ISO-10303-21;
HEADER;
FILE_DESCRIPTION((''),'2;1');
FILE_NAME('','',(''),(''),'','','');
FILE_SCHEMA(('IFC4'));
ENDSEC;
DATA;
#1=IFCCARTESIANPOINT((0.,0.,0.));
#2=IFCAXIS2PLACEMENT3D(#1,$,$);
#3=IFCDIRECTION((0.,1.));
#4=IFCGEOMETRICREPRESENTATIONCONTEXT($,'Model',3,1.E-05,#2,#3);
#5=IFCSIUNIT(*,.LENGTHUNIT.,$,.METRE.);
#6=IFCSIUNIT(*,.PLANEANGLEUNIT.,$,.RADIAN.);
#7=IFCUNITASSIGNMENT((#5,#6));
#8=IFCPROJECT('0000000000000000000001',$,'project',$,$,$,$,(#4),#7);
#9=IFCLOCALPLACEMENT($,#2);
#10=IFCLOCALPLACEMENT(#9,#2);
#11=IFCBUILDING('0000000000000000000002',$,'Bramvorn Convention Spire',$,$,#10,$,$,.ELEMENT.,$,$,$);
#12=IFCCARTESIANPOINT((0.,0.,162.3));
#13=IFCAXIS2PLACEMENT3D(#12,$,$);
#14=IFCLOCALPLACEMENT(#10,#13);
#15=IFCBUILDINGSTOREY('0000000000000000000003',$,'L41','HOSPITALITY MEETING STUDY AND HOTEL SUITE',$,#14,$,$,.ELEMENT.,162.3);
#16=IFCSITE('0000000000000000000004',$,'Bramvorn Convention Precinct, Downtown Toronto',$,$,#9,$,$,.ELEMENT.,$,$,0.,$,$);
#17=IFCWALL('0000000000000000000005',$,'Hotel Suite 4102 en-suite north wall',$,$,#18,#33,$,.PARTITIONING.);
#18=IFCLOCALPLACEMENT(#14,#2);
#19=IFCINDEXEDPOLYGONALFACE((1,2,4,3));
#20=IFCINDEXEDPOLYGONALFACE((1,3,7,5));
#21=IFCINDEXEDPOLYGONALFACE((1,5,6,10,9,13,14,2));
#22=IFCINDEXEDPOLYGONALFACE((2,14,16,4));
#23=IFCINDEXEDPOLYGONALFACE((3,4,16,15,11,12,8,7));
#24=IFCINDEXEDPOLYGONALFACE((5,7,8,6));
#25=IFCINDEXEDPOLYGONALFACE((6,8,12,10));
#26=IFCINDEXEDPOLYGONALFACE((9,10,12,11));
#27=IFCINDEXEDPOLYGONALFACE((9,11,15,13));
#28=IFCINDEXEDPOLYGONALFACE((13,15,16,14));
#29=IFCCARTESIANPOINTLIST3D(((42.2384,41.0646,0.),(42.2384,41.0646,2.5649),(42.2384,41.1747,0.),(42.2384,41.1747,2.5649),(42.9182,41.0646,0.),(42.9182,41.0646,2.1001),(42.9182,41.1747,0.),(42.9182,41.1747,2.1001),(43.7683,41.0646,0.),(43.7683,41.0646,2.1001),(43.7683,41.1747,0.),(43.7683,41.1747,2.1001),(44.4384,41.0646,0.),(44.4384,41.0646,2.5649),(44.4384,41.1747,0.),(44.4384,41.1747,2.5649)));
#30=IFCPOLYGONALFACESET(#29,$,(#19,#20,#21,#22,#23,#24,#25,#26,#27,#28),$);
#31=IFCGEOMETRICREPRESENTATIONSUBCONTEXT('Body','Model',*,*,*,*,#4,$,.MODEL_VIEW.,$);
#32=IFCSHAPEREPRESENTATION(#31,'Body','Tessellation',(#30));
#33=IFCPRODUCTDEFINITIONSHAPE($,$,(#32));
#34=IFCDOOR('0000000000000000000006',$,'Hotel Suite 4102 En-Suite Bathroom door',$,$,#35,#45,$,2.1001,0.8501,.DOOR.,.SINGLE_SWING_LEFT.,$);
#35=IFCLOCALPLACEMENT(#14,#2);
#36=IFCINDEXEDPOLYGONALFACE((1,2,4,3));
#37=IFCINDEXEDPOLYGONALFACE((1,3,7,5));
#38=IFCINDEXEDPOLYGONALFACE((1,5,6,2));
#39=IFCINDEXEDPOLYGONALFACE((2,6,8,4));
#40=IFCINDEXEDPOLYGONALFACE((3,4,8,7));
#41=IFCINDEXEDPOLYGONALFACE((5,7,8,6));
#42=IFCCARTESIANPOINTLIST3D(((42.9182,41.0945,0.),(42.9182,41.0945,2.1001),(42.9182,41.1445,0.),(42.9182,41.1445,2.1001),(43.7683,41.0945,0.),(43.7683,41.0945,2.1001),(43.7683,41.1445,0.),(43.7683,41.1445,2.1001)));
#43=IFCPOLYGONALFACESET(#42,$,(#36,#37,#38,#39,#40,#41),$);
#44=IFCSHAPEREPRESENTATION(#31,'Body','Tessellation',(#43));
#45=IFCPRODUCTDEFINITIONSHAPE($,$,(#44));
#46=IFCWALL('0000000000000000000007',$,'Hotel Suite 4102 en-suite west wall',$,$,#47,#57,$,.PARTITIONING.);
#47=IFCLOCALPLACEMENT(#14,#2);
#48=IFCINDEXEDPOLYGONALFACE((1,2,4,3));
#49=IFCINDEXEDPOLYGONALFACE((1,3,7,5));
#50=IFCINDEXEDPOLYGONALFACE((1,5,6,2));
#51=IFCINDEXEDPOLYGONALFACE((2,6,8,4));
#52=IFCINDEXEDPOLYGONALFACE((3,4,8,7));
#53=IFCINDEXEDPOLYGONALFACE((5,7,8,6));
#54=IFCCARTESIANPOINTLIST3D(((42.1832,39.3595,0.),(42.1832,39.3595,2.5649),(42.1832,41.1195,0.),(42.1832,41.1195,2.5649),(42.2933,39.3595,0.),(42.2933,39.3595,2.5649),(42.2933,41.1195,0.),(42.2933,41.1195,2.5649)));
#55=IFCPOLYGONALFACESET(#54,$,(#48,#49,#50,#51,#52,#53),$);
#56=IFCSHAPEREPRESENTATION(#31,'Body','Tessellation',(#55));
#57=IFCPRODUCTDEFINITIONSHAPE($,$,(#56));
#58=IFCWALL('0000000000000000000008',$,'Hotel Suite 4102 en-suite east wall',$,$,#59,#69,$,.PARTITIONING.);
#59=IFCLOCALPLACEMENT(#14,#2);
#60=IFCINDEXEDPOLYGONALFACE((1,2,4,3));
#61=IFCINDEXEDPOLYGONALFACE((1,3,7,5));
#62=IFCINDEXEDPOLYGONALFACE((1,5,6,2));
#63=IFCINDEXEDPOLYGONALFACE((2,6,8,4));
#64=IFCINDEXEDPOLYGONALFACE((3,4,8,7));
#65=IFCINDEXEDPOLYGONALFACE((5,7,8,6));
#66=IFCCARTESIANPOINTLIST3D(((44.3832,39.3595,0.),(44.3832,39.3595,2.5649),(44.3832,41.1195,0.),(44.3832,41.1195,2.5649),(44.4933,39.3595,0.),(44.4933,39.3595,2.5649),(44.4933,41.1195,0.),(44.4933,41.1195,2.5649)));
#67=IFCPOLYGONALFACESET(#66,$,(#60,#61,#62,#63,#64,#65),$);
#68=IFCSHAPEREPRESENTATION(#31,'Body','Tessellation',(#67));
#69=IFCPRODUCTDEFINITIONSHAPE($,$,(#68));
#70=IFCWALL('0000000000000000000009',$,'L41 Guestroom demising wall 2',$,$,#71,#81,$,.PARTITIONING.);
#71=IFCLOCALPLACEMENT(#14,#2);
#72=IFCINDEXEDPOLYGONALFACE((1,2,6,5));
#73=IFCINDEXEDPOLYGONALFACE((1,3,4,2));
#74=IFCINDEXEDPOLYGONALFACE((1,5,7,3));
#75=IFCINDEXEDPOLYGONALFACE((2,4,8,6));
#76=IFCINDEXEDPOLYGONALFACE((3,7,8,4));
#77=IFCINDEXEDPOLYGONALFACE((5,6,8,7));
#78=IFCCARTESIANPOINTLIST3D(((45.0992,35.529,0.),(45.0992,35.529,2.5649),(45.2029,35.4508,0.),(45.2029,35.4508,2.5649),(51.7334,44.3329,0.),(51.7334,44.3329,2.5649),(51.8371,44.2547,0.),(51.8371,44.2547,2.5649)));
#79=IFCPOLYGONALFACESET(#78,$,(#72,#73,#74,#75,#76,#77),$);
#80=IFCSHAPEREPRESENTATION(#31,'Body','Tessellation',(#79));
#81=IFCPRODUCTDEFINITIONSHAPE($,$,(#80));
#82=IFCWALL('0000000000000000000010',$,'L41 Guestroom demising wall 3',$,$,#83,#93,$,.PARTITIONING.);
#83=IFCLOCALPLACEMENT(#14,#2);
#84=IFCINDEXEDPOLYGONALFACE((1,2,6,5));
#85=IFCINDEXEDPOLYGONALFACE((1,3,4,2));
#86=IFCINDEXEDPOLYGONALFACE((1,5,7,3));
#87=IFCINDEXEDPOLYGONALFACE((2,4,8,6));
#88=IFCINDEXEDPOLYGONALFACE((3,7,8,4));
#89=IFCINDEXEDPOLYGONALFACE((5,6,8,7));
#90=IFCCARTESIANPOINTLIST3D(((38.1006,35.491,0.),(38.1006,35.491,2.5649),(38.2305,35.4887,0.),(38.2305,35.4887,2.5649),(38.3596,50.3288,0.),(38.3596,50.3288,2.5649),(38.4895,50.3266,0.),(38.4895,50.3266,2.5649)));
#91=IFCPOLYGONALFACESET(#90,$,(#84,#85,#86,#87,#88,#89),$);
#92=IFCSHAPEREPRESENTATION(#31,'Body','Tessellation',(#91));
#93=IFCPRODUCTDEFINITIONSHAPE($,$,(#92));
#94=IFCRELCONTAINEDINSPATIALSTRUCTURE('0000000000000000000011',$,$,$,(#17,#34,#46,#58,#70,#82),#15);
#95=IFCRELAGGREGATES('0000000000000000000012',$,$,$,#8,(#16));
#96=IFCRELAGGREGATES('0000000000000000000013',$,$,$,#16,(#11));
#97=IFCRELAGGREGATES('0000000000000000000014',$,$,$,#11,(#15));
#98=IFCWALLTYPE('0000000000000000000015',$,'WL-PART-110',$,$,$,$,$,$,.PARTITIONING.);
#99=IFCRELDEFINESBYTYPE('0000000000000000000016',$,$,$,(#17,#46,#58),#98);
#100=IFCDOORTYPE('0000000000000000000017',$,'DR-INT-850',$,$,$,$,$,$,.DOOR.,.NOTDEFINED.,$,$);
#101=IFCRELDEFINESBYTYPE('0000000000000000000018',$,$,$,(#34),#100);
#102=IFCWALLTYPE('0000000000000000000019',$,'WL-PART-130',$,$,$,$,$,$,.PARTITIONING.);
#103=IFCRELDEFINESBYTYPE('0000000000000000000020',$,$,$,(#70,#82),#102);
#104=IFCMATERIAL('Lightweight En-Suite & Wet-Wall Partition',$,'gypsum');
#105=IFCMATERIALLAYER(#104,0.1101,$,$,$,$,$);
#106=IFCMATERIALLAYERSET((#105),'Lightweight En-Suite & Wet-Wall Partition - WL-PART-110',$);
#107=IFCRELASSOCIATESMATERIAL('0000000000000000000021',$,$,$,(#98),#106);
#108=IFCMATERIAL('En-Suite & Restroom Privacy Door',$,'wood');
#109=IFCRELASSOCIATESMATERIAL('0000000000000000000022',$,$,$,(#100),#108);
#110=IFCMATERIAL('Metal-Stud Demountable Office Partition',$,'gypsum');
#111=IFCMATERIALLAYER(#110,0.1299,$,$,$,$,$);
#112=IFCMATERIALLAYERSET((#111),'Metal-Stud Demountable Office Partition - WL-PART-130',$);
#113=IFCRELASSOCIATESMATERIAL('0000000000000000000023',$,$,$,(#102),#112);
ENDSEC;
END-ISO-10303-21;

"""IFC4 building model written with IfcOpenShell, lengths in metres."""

from ifc_helpers import new_model, si_unit, direction, frame, frame_2d, origin, place, context, subcontext, project, spatial, rectangle, extrude, material, layer, layer_set, type_object, element, fill, save


model = new_model("IFC4")

# Units and contexts
model_context = context("Model", 3, precision=1e-05, world=origin(), true_north=direction((0.0, 1.0)))
body_context = subcontext(model_context, "Body", "Model", "MODEL_VIEW")
ifc_project = project(units=[si_unit("LENGTHUNIT", "METRE"), si_unit("PLANEANGLEUNIT", "RADIAN")], contexts=[model_context])

# Site, building, storey
site_placement = place(None, origin())
site = spatial("IfcSite", under=ifc_project, at=site_placement, Name="Bramvorn Convention Precinct, Downtown Toronto", CompositionType="ELEMENT", RefElevation=0.0)
building_placement = place(site_placement, origin())
building = spatial("IfcBuilding", under=site, at=building_placement, Name="Bramvorn Convention Spire", CompositionType="ELEMENT")
storey_placement = place(building_placement, frame((0.0, 0.0, 162.3)))
storey = spatial("IfcBuildingStorey", under=building, at=storey_placement, Name="L41", Description="HOSPITALITY MEETING STUDY AND HOTEL SUITE", CompositionType="ELEMENT", Elevation=162.3)

# Shared definitions
ifc_material_1 = material(Name="Lightweight En-Suite & Wet-Wall Partition", Category="gypsum")
ifc_layer_1 = layer(ifc_material_1, 0.1101)
ifc_layer_set_1 = layer_set([ifc_layer_1], Name="Lightweight En-Suite & Wet-Wall Partition - WL-PART-110")
wall_type_1 = type_object("IfcWallType", Name="WL-PART-110", PredefinedType="PARTITIONING", material=ifc_layer_set_1)

# Wall, opening, door
wall_1_placement = place(storey_placement, frame((42.2383, 41.1196, 0.0), z_axis=(0.0, 0.0, 1.0), x_axis=(1.0, 0.0, 0.0)))
wall_1 = element("IfcWall", 1, at=wall_1_placement, inside=storey, type_object=wall_type_1, Name="Hotel Suite 4102 en-suite north wall", PredefinedType="PARTITIONING", context=body_context, shape_type="SweptSolid", body=[
    extrude(rectangle(XDim=2.2, YDim=0.1101, at=frame_2d((1.1001, 0.0))), origin(), (0.0, 0.0, 1.0), 2.5649),
])
opening_placement = place(wall_1_placement, frame((0.6799, 0.0, 0.0)))
opening = element("IfcOpeningElement", 2, at=opening_placement, cuts=wall_1, PredefinedType="OPENING", context=body_context, shape_type="SweptSolid", body=[
    extrude(rectangle(XDim=0.8501, YDim=2.1001, at=frame_2d((0.425, 1.05))), frame((0.0, 0.0649, 0.0), z_axis=(0.0, -1.0, 0.0), x_axis=(1.0, 0.0, 0.0)), (0.0, 0.0, 1.0), 0.1301),
])
ifc_material_2 = material(Name="En-Suite & Restroom Privacy Door", Category="wood")
door_type = type_object("IfcDoorType", Name="DR-INT-850", OperationType="NOTDEFINED", PredefinedType="DOOR", material=ifc_material_2)
door_placement = place(opening_placement, origin())
door = element("IfcDoor", 3, at=door_placement, inside=storey, type_object=door_type, Name="Hotel Suite 4102 En-Suite Bathroom door", OperationType="SINGLE_SWING_LEFT", OverallHeight=2.1001, OverallWidth=0.8501, PredefinedType="DOOR", context=body_context, shape_type="SweptSolid", body=[
    extrude(rectangle(XDim=0.8501, YDim=2.1001, at=frame_2d((0.425, 1.05))), frame((0.0, 0.0249, 0.0), z_axis=(0.0, -1.0, 0.0), x_axis=(1.0, 0.0, 0.0)), (0.0, 0.0, 1.0), 0.05),
])
fill(opening, door)

# Walls
for number, where, z_axis, x_axis, name in (
    (4, (42.2383, 39.3596, 0.0), (0.0, 0.0, 1.0), (0.0, 1.0, 0.0), "Hotel Suite 4102 en-suite west wall"),
    (5, (44.4382, 39.3596, 0.0), (0.0, 0.0, 1.0), (0.0, 1.0, 0.0), "Hotel Suite 4102 en-suite east wall"),
):
    element("IfcWall", number, at=place(storey_placement, frame(where, z_axis=z_axis, x_axis=x_axis)), inside=storey, type_object=wall_type_1, Name=name, PredefinedType="PARTITIONING", context=body_context, shape_type="SweptSolid", body=[
        extrude(rectangle(XDim=1.76, YDim=0.1101, at=frame_2d((0.8799, 0.0))), origin(), (0.0, 0.0, 1.0), 2.5649),
    ])
ifc_material_3 = material(Name="Metal-Stud Demountable Office Partition", Category="gypsum")
ifc_layer_2 = layer(ifc_material_3, 0.1299)
ifc_layer_set_2 = layer_set([ifc_layer_2], Name="Metal-Stud Demountable Office Partition - WL-PART-130")
wall_type_2 = type_object("IfcWallType", Name="WL-PART-130", PredefinedType="PARTITIONING", material=ifc_layer_set_2)
wall_2_placement = place(storey_placement, frame((45.1511, 35.49, 0.0), z_axis=(0.0, 0.0, 1.0), x_axis=(0.601816, 0.798635, 0.0)))
element("IfcWall", 6, at=wall_2_placement, inside=storey, type_object=wall_type_2, Name="L41 Guestroom demising wall 2", PredefinedType="PARTITIONING", context=body_context, shape_type="SweptSolid", body=[
    extrude(rectangle(XDim=11.0237, YDim=0.1299, at=frame_2d((5.5117, 0.0))), origin(), (0.0, 0.0, 1.0), 2.5649),
])
wall_3_placement = place(storey_placement, frame((38.1655, 35.49, 0.0), z_axis=(0.0, 0.0, 1.0), x_axis=(0.017455, 0.999848, 0.0)))
element("IfcWall", 7, at=wall_3_placement, inside=storey, type_object=wall_type_2, Name="L41 Guestroom demising wall 3", PredefinedType="PARTITIONING", context=body_context, shape_type="SweptSolid", body=[
    extrude(rectangle(XDim=14.8401, YDim=0.1299, at=frame_2d((7.4199, 0.0))), origin(), (0.0, 0.0, 1.0), 2.5649),
])

save(model, "model.ifc")
